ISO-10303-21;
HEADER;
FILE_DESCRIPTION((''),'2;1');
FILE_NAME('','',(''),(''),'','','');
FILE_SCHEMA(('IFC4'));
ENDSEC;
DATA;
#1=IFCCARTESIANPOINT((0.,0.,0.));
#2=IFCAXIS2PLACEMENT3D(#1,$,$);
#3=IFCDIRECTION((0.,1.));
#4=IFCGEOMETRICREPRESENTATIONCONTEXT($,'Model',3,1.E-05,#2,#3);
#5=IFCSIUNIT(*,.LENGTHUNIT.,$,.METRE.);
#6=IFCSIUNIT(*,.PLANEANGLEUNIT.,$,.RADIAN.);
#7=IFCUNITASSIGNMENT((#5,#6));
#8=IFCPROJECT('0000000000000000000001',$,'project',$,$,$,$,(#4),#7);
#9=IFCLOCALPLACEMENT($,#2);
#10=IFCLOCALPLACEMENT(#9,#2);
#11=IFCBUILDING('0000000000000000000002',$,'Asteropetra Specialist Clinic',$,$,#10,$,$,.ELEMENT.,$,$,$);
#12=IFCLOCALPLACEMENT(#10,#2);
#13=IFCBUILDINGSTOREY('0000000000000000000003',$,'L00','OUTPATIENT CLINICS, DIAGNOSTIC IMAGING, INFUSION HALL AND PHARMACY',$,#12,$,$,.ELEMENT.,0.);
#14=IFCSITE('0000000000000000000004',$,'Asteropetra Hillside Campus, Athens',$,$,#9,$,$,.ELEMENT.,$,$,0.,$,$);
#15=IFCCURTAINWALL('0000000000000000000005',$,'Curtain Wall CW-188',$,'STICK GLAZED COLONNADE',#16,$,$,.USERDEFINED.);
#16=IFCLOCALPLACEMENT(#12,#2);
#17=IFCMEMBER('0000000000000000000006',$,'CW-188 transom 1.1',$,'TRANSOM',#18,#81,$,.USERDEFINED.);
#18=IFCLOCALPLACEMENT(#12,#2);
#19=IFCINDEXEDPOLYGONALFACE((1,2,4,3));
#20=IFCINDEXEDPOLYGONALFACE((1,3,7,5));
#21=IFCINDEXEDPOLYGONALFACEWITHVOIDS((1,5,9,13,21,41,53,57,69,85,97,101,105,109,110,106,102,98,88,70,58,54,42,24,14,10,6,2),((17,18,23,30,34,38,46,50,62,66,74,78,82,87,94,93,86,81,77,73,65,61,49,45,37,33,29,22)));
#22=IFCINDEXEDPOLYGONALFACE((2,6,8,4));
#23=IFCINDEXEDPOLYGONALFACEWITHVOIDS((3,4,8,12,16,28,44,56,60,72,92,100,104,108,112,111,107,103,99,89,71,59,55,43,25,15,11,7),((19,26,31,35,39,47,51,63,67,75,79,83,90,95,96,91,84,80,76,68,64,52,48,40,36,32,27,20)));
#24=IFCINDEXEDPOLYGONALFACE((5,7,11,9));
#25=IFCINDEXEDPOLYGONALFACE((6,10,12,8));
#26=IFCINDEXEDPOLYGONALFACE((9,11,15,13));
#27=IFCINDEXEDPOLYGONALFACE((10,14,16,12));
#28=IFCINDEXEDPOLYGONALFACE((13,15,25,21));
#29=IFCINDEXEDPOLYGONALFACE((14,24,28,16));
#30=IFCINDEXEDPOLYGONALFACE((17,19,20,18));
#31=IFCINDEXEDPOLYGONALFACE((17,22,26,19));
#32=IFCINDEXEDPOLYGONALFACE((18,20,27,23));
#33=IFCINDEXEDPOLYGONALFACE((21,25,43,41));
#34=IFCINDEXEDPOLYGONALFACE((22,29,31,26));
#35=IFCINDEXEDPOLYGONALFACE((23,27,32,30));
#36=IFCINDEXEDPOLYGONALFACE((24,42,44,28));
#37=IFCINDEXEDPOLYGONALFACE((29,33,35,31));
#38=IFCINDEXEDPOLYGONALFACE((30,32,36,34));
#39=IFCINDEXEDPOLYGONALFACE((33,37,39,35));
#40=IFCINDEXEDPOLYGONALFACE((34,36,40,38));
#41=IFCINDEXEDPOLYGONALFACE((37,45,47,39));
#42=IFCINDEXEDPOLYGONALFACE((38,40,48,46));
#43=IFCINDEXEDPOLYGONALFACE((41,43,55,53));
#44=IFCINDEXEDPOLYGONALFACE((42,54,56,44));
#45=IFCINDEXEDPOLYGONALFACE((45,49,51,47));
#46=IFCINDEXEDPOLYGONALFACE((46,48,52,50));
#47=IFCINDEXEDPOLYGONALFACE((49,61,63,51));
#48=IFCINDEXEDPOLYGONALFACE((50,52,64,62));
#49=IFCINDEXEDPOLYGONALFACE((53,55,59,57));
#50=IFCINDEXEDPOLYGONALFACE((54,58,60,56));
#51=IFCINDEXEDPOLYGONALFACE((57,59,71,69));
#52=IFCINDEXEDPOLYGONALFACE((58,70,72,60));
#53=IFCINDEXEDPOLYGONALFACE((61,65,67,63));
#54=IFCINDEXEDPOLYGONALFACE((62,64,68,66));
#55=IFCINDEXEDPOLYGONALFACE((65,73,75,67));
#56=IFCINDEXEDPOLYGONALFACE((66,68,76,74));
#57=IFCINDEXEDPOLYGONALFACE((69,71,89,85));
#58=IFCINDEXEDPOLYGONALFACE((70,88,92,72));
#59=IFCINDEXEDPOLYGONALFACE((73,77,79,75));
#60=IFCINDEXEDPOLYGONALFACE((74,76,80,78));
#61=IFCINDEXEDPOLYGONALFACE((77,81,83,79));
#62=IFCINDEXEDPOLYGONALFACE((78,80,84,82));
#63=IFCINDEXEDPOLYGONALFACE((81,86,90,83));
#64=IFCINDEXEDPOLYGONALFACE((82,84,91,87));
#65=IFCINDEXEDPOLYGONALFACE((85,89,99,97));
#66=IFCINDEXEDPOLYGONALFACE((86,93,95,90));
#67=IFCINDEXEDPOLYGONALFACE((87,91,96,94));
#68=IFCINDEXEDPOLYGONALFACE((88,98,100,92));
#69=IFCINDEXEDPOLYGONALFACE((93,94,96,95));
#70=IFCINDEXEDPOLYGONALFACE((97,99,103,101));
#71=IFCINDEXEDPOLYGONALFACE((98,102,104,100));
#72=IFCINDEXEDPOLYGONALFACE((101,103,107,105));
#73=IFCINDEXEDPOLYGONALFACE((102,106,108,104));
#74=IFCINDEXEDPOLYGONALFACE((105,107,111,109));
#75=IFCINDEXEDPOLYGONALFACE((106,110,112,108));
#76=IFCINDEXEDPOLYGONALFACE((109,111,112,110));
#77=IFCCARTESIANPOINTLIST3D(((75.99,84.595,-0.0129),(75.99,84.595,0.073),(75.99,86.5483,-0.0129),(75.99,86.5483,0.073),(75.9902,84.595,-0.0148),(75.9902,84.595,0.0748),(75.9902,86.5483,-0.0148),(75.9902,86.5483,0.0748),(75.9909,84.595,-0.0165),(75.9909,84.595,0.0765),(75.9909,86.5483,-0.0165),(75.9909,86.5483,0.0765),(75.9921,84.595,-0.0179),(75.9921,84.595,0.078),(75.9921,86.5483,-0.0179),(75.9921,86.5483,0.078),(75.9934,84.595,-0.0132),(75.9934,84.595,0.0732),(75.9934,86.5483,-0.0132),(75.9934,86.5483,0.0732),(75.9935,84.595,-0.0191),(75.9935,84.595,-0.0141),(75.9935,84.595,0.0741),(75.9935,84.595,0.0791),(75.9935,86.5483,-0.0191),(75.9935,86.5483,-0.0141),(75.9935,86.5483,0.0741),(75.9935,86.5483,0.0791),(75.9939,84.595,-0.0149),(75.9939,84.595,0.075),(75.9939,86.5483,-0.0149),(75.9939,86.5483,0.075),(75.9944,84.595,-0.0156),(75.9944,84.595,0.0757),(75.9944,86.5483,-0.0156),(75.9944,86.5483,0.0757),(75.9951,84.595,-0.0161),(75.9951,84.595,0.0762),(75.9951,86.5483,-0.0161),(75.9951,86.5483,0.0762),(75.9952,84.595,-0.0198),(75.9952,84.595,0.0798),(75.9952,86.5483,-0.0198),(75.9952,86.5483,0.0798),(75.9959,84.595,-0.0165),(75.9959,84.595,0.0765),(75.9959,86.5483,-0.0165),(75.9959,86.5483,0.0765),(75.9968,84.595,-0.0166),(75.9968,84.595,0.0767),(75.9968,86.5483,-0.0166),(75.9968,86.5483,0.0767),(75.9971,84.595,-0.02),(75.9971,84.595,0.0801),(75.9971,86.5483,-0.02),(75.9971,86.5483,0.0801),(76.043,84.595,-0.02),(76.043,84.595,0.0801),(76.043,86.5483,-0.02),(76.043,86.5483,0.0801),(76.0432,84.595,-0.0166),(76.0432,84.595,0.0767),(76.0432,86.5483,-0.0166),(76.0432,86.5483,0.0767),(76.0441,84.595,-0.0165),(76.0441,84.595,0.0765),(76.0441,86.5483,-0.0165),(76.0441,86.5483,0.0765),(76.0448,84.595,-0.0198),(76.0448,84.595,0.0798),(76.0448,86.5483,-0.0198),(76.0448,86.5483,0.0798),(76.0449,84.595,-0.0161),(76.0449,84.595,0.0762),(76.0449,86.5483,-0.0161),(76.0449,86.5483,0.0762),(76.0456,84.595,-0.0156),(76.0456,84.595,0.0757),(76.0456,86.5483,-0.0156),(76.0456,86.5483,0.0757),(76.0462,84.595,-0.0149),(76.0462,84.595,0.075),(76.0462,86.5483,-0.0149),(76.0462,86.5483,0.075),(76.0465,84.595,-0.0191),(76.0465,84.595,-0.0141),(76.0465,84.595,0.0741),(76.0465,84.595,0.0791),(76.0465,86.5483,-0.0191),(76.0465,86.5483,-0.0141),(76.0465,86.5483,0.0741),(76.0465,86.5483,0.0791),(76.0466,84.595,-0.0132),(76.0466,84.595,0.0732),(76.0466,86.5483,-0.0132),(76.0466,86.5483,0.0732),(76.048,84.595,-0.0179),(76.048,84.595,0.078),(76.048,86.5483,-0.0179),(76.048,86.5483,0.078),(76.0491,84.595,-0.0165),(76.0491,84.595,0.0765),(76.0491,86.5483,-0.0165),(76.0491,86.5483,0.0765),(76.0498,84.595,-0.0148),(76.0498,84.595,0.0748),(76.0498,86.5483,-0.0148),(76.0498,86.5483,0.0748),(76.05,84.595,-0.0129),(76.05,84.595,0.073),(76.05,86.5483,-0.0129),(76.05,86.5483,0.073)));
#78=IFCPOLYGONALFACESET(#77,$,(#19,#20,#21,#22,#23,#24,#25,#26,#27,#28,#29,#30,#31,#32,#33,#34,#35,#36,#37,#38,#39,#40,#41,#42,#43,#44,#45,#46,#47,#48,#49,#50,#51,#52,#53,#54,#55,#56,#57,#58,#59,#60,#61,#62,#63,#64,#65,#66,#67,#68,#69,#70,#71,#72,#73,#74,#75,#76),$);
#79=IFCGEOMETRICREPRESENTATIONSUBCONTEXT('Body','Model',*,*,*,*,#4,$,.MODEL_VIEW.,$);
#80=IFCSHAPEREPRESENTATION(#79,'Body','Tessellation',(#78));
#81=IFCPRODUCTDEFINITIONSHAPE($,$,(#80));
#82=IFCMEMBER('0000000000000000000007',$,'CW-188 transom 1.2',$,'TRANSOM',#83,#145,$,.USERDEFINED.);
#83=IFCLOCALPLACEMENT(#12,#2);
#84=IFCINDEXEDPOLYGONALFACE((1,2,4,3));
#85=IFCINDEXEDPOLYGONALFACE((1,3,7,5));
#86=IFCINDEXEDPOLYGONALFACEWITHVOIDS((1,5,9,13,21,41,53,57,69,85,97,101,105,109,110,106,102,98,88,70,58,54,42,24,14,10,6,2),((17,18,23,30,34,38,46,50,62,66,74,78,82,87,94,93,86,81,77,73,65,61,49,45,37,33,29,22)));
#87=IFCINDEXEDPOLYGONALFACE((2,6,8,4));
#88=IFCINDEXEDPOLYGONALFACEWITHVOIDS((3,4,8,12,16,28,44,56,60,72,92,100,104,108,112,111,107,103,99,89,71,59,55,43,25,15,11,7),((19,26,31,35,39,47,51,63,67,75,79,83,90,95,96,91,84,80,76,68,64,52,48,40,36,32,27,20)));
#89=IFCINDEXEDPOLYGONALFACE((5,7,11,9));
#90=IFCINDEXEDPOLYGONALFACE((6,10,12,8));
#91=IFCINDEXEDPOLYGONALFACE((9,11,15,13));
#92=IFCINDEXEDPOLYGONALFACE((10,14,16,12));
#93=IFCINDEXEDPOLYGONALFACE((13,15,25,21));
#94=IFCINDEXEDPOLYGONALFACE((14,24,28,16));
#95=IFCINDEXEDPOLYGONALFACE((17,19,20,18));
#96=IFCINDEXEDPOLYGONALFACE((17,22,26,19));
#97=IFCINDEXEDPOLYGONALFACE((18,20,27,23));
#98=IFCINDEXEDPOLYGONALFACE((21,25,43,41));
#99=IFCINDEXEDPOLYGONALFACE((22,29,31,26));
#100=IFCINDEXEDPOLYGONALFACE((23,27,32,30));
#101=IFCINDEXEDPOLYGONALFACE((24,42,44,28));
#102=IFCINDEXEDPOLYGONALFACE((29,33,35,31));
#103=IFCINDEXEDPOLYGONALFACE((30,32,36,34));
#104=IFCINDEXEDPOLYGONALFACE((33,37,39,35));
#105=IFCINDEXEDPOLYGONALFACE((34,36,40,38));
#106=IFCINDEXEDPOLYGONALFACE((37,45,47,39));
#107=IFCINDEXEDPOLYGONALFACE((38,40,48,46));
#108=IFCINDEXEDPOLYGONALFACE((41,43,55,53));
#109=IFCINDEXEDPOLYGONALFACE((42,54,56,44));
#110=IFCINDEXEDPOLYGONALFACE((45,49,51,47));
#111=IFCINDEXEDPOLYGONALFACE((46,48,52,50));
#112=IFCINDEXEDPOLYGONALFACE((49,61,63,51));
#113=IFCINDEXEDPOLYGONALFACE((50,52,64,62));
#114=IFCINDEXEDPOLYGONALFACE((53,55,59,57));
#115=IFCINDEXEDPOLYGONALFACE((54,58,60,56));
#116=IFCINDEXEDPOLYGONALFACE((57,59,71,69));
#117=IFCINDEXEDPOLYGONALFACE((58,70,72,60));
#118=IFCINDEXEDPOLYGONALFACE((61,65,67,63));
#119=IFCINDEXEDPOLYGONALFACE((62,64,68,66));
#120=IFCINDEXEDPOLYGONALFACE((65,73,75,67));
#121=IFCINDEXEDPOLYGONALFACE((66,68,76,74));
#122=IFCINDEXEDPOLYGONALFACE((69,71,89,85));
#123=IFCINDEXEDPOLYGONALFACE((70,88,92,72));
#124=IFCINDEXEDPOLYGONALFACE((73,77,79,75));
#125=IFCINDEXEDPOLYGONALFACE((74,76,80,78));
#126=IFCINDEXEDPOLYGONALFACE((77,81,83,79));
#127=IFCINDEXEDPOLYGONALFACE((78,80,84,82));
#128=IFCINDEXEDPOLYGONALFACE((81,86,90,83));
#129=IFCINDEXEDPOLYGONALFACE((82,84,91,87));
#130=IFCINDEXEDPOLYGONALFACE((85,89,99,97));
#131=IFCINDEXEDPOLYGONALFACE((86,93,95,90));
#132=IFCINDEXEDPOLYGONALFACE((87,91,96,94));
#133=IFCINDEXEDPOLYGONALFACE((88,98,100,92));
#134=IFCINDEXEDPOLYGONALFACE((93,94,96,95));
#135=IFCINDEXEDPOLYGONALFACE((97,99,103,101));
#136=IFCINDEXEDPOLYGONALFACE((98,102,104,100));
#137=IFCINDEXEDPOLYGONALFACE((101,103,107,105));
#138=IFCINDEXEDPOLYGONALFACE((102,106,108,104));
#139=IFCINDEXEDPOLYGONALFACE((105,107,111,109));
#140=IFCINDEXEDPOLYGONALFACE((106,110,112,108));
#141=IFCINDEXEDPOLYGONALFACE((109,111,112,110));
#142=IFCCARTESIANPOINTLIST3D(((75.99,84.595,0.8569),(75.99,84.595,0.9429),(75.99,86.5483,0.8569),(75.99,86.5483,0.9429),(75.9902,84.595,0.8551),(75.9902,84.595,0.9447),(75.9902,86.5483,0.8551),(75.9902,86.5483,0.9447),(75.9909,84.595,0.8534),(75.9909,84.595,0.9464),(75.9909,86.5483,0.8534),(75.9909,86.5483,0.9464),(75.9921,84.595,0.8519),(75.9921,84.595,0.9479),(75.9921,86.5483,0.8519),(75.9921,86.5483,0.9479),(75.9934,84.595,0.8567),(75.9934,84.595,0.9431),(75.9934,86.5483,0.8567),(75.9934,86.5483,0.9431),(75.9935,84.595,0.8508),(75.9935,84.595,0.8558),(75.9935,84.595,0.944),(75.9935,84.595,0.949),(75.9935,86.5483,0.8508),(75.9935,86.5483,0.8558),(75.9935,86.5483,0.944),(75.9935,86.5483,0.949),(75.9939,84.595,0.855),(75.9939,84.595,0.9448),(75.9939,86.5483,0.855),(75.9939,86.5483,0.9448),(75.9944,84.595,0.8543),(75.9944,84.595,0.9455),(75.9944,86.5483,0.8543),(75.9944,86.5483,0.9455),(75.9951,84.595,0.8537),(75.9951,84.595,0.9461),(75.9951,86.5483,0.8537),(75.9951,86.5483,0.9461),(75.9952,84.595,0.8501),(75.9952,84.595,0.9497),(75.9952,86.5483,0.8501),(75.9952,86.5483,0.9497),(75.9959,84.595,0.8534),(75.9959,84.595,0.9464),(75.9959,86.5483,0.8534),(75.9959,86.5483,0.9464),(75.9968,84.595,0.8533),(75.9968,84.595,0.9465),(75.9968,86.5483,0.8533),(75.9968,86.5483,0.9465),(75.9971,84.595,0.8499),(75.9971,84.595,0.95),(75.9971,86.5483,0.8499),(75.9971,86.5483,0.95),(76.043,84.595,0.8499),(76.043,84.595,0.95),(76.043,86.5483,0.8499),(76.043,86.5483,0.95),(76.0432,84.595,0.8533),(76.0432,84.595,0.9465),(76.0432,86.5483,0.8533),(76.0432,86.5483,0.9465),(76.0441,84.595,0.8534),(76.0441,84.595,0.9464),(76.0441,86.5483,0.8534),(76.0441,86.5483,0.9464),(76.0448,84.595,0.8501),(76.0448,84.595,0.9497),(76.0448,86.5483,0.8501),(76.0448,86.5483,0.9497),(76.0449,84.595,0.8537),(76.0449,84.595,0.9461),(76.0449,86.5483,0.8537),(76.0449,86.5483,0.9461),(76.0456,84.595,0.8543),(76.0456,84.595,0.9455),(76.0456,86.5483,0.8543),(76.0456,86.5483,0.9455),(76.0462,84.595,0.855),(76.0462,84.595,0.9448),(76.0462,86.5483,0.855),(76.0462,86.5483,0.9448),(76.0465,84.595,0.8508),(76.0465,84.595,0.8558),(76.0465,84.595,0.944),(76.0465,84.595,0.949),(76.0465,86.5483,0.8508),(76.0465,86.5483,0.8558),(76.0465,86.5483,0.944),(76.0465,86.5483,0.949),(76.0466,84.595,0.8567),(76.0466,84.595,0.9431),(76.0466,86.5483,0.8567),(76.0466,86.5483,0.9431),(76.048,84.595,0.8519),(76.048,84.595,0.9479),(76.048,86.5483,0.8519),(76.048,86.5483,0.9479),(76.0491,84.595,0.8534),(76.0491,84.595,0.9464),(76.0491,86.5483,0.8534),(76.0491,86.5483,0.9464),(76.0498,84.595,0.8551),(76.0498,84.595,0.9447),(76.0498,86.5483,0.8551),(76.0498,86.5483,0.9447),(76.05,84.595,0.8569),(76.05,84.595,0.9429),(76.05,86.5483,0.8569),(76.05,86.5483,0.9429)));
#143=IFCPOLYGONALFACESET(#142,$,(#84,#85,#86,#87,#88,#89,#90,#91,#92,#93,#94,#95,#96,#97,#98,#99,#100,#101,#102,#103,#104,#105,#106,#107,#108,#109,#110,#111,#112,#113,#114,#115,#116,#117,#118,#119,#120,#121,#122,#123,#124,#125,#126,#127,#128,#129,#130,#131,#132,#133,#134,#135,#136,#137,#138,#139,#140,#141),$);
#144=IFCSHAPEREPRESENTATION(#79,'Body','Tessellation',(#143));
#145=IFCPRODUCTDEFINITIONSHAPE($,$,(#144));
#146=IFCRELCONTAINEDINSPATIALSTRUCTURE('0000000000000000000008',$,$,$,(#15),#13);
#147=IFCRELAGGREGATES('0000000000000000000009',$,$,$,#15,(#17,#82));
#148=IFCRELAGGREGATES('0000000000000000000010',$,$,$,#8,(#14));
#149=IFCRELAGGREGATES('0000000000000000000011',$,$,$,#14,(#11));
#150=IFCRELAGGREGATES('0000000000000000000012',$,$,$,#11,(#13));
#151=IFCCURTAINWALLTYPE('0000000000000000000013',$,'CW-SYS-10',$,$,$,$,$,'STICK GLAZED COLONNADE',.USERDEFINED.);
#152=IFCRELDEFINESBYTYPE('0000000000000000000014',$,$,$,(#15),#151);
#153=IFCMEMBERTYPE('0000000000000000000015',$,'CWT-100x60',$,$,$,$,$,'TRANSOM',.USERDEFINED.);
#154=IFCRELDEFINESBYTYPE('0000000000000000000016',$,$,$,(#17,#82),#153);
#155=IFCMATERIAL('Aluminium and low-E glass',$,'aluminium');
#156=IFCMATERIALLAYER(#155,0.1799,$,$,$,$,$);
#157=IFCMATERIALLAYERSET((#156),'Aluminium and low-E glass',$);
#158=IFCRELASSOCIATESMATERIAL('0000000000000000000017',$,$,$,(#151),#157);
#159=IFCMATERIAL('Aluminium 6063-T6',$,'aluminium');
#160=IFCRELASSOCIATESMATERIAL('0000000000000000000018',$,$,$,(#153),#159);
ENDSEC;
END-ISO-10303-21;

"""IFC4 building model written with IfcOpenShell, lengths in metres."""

from ifc_helpers import new_model, si_unit, direction, frame, origin, origin_2d, place, context, subcontext, project, spatial, hollow_rectangle, extrude, material, layer, layer_set, material_profile, profile_set, type_object, element, aggregate, save


model = new_model("IFC4")

# Units and contexts
model_context = context("Model", 3, precision=1e-05, world=origin(), true_north=direction((0.0, 1.0)))
body_context = subcontext(model_context, "Body", "Model", "MODEL_VIEW")
ifc_project = project(units=[si_unit("LENGTHUNIT", "METRE"), si_unit("PLANEANGLEUNIT", "RADIAN")], contexts=[model_context])

# Site, building, storey
site_placement = place(None, origin())
site = spatial("IfcSite", under=ifc_project, at=site_placement, Name="Asteropetra Hillside Campus, Athens", CompositionType="ELEMENT", RefElevation=0.0)
building_placement = place(site_placement, origin())
building = spatial("IfcBuilding", under=site, at=building_placement, Name="Asteropetra Specialist Clinic", CompositionType="ELEMENT")
storey_placement = place(building_placement, origin())
storey = spatial("IfcBuildingStorey", under=building, at=storey_placement, Name="L00", Description="OUTPATIENT CLINICS, DIAGNOSTIC IMAGING, INFUSION HALL AND PHARMACY", CompositionType="ELEMENT", Elevation=0.0)

# Curtain wall
ifc_material_1 = material(Name="Aluminium and low-E glass", Category="aluminium")
ifc_layer_1 = layer(ifc_material_1, 0.1799)
ifc_layer_set_1 = layer_set([ifc_layer_1], Name="Aluminium and low-E glass")
curtain_wall_type_1 = type_object("IfcCurtainWallType", Name="CW-SYS-10", ElementType="STICK GLAZED COLONNADE", PredefinedType="USERDEFINED", material=ifc_layer_set_1)
curtain_wall_1_placement = place(storey_placement, origin())
curtain_wall_1 = element("IfcCurtainWall", 1, at=curtain_wall_1_placement, inside=storey, type_object=curtain_wall_type_1, Name="Curtain Wall CW-188", ObjectType="STICK GLAZED COLONNADE", PredefinedType="USERDEFINED")

# Members
ifc_material_2 = material(Name="Aluminium 6063-T6", Category="aluminium")
ifc_material_profile_1 = material_profile(ifc_material_2, hollow_rectangle(XDim=0.0601, YDim=0.1001, WallThickness=0.0034, InnerFilletRadius=0.0034, OuterFilletRadius=0.0071, at=origin_2d()), Name="TRN 100x60x3.5")
ifc_profile_set_1 = profile_set([ifc_material_profile_1], Name="Aluminium 6063-T6")
member_type_1 = type_object("IfcMemberType", Name="CWT-100x60", ElementType="TRANSOM", PredefinedType="USERDEFINED", material=ifc_profile_set_1)
member_1_placement = place(storey_placement, frame((76.02, 84.595, 0.03), z_axis=(0.0, 1.0, 0.0), x_axis=(-1.0, 0.0, 0.0)))
member_1 = element("IfcMember", 2, at=member_1_placement, type_object=member_type_1, Name="CW-188 transom 1.1", ObjectType="TRANSOM", PredefinedType="USERDEFINED", context=body_context, shape_type="SweptSolid", body=[
    extrude(hollow_rectangle(XDim=0.0601, YDim=0.1001, WallThickness=0.0034, InnerFilletRadius=0.0034, OuterFilletRadius=0.0071, at=origin_2d()), origin(), (0.0, 0.0, 1.0), 1.9534),
])
member_2_placement = place(storey_placement, frame((76.02, 84.595, 0.8999), z_axis=(0.0, 1.0, 0.0), x_axis=(-1.0, 0.0, 0.0)))
member_2 = element("IfcMember", 3, at=member_2_placement, type_object=member_type_1, Name="CW-188 transom 1.2", ObjectType="TRANSOM", PredefinedType="USERDEFINED", context=body_context, shape_type="SweptSolid", body=[
    extrude(hollow_rectangle(XDim=0.0601, YDim=0.1001, WallThickness=0.0034, InnerFilletRadius=0.0034, OuterFilletRadius=0.0071, at=origin_2d()), origin(), (0.0, 0.0, 1.0), 1.9534),
])

aggregate(curtain_wall_1, [member_1, member_2])

save(model, "model.ifc")
